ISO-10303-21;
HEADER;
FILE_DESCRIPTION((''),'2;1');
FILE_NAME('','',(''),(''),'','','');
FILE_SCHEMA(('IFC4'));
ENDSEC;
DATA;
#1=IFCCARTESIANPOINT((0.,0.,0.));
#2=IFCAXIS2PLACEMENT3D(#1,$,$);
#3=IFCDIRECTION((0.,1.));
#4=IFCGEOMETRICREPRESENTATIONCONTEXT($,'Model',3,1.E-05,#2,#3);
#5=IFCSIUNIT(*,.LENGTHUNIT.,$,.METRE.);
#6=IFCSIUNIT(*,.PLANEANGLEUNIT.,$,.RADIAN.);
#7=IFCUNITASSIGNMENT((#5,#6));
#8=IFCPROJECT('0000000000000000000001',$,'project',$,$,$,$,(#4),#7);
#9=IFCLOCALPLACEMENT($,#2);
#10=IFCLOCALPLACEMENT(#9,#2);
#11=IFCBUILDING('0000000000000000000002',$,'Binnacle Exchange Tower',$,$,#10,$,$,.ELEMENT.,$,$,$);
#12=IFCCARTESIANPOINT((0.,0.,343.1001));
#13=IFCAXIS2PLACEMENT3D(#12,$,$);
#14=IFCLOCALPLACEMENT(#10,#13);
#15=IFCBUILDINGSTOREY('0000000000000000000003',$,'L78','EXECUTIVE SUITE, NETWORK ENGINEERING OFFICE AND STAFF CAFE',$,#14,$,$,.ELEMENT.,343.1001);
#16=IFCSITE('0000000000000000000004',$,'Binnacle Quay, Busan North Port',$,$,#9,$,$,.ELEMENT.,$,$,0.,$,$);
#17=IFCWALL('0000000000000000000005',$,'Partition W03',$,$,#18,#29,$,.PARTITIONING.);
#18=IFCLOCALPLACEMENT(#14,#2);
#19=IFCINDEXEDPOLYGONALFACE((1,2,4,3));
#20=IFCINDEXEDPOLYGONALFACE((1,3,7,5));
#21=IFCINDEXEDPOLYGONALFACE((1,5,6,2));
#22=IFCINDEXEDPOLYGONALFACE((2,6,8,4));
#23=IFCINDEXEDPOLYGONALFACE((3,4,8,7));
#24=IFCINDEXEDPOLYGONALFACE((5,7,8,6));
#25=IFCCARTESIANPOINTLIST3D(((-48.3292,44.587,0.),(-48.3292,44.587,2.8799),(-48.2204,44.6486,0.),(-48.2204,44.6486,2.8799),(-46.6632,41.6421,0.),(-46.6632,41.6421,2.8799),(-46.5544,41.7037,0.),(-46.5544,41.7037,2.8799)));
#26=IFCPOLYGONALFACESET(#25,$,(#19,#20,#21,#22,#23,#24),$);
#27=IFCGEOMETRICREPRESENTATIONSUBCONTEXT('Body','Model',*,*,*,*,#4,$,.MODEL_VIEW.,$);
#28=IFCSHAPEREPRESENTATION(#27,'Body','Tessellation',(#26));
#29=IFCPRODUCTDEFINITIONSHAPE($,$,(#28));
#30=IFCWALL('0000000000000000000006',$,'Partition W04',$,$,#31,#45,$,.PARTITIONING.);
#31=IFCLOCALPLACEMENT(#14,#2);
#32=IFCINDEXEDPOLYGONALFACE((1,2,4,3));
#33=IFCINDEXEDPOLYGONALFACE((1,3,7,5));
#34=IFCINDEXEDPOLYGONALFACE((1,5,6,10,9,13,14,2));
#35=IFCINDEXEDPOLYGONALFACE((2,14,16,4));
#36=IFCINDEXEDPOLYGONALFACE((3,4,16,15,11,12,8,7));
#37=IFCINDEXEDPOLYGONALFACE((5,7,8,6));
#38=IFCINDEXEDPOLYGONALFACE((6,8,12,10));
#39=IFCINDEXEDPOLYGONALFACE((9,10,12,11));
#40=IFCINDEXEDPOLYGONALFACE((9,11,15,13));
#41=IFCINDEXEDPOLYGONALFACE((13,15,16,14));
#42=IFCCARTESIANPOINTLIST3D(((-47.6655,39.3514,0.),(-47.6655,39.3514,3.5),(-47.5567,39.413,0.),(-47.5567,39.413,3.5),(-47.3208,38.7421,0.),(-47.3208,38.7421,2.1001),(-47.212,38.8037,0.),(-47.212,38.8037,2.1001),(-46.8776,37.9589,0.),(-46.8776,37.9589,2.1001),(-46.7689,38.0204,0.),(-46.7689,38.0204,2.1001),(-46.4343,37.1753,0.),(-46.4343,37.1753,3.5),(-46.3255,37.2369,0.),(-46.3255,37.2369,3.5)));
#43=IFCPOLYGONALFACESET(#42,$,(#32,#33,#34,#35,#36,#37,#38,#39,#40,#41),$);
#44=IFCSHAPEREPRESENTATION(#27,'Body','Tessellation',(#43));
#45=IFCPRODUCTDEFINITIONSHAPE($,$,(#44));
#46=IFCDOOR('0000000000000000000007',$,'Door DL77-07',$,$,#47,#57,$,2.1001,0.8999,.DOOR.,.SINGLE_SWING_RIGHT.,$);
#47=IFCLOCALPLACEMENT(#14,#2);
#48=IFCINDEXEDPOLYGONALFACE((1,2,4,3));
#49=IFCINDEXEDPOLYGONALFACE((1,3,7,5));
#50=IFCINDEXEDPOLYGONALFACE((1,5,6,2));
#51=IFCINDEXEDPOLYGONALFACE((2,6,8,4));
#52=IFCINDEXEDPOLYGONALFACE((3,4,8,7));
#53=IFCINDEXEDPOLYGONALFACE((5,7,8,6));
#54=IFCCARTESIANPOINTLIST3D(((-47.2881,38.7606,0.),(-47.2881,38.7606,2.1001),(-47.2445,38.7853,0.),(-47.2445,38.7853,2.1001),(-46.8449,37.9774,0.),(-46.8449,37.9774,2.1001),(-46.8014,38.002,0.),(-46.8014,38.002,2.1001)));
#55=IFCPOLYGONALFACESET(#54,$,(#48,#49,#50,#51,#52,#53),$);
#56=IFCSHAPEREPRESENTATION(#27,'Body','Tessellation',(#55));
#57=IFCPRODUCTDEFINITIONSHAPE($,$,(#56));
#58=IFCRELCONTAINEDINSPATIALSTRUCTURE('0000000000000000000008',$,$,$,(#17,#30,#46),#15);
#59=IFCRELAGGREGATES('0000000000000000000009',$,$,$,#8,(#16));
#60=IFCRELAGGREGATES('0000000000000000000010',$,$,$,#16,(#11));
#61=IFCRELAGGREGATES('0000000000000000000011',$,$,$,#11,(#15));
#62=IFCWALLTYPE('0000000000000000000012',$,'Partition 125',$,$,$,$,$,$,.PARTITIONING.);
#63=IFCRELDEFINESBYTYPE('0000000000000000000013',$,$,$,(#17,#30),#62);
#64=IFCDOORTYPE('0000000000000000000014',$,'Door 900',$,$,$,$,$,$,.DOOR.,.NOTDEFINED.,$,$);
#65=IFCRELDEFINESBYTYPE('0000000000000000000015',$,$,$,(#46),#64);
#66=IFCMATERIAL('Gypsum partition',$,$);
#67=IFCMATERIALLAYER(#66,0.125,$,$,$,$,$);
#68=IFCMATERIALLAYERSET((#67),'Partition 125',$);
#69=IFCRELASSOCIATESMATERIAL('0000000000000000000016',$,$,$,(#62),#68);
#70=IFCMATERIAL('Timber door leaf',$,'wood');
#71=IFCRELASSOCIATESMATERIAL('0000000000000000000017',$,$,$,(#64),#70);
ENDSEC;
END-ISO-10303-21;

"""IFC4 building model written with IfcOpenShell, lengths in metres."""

from ifc_helpers import new_model, si_unit, direction, frame, frame_2d, origin, place, context, subcontext, project, spatial, rectangle, extrude, material, layer, layer_set, type_object, element, fill, save


model = new_model("IFC4")

# Units and contexts
model_context = context("Model", 3, precision=1e-05, world=origin(), true_north=direction((0.0, 1.0)))
body_context = subcontext(model_context, "Body", "Model", "MODEL_VIEW")
ifc_project = project(units=[si_unit("LENGTHUNIT", "METRE"), si_unit("PLANEANGLEUNIT", "RADIAN")], contexts=[model_context])

# Site, building, storey
site_placement = place(None, origin())
site = spatial("IfcSite", under=ifc_project, at=site_placement, Name="Binnacle Quay, Busan North Port", CompositionType="ELEMENT", RefElevation=0.0)
building_placement = place(site_placement, origin())
building = spatial("IfcBuilding", under=site, at=building_placement, Name="Binnacle Exchange Tower", CompositionType="ELEMENT")
storey_placement = place(building_placement, frame((0.0, 0.0, 343.1001)))
storey = spatial("IfcBuildingStorey", under=building, at=storey_placement, Name="L78", Description="EXECUTIVE SUITE, NETWORK ENGINEERING OFFICE AND STAFF CAFE", CompositionType="ELEMENT", Elevation=343.1001)

# Wall
ifc_material_1 = material(Name="Gypsum partition")
ifc_layer_1 = layer(ifc_material_1, 0.125)
ifc_layer_set_1 = layer_set([ifc_layer_1], Name="Partition 125")
wall_type_1 = type_object("IfcWallType", Name="Partition 125", PredefinedType="PARTITIONING", material=ifc_layer_set_1)
wall_1_placement = place(storey_placement, frame((-48.2749, 44.6179, 0.0), z_axis=(0.0, 0.0, 1.0), x_axis=(0.492404, -0.870367, 0.0)))
element("IfcWall", 1, at=wall_1_placement, inside=storey, type_object=wall_type_1, Name="Partition W03", PredefinedType="PARTITIONING", context=body_context, shape_type="SweptSolid", body=[
    extrude(rectangle(XDim=3.3835, YDim=0.125, at=frame_2d((1.6919, 0.0))), origin(), (0.0, 0.0, 1.0), 2.8799),
])

# Wall, opening, door
wall_2_placement = place(storey_placement, frame((-47.6111, 39.3821, 0.0), z_axis=(0.0, 0.0, 1.0), x_axis=(0.492443, -0.870345, 0.0)))
wall_2 = element("IfcWall", 2, at=wall_2_placement, inside=storey, type_object=wall_type_1, Name="Partition W04", PredefinedType="PARTITIONING", context=body_context, shape_type="SweptSolid", body=[
    extrude(rectangle(XDim=2.5002, YDim=0.125, at=frame_2d((1.25, 0.0))), origin(), (0.0, 0.0, 1.0), 3.5),
])
opening_placement = place(wall_2_placement, frame((0.7, 0.0, 0.0)))
opening = element("IfcOpeningElement", 3, at=opening_placement, cuts=wall_2, PredefinedType="OPENING", context=body_context, shape_type="SweptSolid", body=[
    extrude(rectangle(XDim=0.8999, YDim=2.1001, at=frame_2d((0.45, 1.05))), frame((0.0, 0.0725, 0.0), z_axis=(0.0, -1.0, 0.0), x_axis=(1.0, 0.0, 0.0)), (0.0, 0.0, 1.0), 0.145),
])
ifc_material_2 = material(Name="Timber door leaf", Category="wood")
door_type = type_object("IfcDoorType", Name="Door 900", OperationType="NOTDEFINED", PredefinedType="DOOR", material=ifc_material_2)
door_placement = place(opening_placement, frame((0.8999, 0.0, 0.0), z_axis=(0.0, 0.0, 1.0), x_axis=(-1.0, 0.0, 0.0)))
door = element("IfcDoor", 4, at=door_placement, inside=storey, type_object=door_type, Name="Door DL77-07", OperationType="SINGLE_SWING_RIGHT", OverallHeight=2.1001, OverallWidth=0.8999, PredefinedType="DOOR", context=body_context, shape_type="SweptSolid", body=[
    extrude(rectangle(XDim=0.8999, YDim=2.1001, at=frame_2d((0.45, 1.05))), frame((0.0, 0.0249, 0.0), z_axis=(0.0, -1.0, 0.0), x_axis=(1.0, 0.0, 0.0)), (0.0, 0.0, 1.0), 0.05),
])
fill(opening, door)

save(model, "model.ifc")
